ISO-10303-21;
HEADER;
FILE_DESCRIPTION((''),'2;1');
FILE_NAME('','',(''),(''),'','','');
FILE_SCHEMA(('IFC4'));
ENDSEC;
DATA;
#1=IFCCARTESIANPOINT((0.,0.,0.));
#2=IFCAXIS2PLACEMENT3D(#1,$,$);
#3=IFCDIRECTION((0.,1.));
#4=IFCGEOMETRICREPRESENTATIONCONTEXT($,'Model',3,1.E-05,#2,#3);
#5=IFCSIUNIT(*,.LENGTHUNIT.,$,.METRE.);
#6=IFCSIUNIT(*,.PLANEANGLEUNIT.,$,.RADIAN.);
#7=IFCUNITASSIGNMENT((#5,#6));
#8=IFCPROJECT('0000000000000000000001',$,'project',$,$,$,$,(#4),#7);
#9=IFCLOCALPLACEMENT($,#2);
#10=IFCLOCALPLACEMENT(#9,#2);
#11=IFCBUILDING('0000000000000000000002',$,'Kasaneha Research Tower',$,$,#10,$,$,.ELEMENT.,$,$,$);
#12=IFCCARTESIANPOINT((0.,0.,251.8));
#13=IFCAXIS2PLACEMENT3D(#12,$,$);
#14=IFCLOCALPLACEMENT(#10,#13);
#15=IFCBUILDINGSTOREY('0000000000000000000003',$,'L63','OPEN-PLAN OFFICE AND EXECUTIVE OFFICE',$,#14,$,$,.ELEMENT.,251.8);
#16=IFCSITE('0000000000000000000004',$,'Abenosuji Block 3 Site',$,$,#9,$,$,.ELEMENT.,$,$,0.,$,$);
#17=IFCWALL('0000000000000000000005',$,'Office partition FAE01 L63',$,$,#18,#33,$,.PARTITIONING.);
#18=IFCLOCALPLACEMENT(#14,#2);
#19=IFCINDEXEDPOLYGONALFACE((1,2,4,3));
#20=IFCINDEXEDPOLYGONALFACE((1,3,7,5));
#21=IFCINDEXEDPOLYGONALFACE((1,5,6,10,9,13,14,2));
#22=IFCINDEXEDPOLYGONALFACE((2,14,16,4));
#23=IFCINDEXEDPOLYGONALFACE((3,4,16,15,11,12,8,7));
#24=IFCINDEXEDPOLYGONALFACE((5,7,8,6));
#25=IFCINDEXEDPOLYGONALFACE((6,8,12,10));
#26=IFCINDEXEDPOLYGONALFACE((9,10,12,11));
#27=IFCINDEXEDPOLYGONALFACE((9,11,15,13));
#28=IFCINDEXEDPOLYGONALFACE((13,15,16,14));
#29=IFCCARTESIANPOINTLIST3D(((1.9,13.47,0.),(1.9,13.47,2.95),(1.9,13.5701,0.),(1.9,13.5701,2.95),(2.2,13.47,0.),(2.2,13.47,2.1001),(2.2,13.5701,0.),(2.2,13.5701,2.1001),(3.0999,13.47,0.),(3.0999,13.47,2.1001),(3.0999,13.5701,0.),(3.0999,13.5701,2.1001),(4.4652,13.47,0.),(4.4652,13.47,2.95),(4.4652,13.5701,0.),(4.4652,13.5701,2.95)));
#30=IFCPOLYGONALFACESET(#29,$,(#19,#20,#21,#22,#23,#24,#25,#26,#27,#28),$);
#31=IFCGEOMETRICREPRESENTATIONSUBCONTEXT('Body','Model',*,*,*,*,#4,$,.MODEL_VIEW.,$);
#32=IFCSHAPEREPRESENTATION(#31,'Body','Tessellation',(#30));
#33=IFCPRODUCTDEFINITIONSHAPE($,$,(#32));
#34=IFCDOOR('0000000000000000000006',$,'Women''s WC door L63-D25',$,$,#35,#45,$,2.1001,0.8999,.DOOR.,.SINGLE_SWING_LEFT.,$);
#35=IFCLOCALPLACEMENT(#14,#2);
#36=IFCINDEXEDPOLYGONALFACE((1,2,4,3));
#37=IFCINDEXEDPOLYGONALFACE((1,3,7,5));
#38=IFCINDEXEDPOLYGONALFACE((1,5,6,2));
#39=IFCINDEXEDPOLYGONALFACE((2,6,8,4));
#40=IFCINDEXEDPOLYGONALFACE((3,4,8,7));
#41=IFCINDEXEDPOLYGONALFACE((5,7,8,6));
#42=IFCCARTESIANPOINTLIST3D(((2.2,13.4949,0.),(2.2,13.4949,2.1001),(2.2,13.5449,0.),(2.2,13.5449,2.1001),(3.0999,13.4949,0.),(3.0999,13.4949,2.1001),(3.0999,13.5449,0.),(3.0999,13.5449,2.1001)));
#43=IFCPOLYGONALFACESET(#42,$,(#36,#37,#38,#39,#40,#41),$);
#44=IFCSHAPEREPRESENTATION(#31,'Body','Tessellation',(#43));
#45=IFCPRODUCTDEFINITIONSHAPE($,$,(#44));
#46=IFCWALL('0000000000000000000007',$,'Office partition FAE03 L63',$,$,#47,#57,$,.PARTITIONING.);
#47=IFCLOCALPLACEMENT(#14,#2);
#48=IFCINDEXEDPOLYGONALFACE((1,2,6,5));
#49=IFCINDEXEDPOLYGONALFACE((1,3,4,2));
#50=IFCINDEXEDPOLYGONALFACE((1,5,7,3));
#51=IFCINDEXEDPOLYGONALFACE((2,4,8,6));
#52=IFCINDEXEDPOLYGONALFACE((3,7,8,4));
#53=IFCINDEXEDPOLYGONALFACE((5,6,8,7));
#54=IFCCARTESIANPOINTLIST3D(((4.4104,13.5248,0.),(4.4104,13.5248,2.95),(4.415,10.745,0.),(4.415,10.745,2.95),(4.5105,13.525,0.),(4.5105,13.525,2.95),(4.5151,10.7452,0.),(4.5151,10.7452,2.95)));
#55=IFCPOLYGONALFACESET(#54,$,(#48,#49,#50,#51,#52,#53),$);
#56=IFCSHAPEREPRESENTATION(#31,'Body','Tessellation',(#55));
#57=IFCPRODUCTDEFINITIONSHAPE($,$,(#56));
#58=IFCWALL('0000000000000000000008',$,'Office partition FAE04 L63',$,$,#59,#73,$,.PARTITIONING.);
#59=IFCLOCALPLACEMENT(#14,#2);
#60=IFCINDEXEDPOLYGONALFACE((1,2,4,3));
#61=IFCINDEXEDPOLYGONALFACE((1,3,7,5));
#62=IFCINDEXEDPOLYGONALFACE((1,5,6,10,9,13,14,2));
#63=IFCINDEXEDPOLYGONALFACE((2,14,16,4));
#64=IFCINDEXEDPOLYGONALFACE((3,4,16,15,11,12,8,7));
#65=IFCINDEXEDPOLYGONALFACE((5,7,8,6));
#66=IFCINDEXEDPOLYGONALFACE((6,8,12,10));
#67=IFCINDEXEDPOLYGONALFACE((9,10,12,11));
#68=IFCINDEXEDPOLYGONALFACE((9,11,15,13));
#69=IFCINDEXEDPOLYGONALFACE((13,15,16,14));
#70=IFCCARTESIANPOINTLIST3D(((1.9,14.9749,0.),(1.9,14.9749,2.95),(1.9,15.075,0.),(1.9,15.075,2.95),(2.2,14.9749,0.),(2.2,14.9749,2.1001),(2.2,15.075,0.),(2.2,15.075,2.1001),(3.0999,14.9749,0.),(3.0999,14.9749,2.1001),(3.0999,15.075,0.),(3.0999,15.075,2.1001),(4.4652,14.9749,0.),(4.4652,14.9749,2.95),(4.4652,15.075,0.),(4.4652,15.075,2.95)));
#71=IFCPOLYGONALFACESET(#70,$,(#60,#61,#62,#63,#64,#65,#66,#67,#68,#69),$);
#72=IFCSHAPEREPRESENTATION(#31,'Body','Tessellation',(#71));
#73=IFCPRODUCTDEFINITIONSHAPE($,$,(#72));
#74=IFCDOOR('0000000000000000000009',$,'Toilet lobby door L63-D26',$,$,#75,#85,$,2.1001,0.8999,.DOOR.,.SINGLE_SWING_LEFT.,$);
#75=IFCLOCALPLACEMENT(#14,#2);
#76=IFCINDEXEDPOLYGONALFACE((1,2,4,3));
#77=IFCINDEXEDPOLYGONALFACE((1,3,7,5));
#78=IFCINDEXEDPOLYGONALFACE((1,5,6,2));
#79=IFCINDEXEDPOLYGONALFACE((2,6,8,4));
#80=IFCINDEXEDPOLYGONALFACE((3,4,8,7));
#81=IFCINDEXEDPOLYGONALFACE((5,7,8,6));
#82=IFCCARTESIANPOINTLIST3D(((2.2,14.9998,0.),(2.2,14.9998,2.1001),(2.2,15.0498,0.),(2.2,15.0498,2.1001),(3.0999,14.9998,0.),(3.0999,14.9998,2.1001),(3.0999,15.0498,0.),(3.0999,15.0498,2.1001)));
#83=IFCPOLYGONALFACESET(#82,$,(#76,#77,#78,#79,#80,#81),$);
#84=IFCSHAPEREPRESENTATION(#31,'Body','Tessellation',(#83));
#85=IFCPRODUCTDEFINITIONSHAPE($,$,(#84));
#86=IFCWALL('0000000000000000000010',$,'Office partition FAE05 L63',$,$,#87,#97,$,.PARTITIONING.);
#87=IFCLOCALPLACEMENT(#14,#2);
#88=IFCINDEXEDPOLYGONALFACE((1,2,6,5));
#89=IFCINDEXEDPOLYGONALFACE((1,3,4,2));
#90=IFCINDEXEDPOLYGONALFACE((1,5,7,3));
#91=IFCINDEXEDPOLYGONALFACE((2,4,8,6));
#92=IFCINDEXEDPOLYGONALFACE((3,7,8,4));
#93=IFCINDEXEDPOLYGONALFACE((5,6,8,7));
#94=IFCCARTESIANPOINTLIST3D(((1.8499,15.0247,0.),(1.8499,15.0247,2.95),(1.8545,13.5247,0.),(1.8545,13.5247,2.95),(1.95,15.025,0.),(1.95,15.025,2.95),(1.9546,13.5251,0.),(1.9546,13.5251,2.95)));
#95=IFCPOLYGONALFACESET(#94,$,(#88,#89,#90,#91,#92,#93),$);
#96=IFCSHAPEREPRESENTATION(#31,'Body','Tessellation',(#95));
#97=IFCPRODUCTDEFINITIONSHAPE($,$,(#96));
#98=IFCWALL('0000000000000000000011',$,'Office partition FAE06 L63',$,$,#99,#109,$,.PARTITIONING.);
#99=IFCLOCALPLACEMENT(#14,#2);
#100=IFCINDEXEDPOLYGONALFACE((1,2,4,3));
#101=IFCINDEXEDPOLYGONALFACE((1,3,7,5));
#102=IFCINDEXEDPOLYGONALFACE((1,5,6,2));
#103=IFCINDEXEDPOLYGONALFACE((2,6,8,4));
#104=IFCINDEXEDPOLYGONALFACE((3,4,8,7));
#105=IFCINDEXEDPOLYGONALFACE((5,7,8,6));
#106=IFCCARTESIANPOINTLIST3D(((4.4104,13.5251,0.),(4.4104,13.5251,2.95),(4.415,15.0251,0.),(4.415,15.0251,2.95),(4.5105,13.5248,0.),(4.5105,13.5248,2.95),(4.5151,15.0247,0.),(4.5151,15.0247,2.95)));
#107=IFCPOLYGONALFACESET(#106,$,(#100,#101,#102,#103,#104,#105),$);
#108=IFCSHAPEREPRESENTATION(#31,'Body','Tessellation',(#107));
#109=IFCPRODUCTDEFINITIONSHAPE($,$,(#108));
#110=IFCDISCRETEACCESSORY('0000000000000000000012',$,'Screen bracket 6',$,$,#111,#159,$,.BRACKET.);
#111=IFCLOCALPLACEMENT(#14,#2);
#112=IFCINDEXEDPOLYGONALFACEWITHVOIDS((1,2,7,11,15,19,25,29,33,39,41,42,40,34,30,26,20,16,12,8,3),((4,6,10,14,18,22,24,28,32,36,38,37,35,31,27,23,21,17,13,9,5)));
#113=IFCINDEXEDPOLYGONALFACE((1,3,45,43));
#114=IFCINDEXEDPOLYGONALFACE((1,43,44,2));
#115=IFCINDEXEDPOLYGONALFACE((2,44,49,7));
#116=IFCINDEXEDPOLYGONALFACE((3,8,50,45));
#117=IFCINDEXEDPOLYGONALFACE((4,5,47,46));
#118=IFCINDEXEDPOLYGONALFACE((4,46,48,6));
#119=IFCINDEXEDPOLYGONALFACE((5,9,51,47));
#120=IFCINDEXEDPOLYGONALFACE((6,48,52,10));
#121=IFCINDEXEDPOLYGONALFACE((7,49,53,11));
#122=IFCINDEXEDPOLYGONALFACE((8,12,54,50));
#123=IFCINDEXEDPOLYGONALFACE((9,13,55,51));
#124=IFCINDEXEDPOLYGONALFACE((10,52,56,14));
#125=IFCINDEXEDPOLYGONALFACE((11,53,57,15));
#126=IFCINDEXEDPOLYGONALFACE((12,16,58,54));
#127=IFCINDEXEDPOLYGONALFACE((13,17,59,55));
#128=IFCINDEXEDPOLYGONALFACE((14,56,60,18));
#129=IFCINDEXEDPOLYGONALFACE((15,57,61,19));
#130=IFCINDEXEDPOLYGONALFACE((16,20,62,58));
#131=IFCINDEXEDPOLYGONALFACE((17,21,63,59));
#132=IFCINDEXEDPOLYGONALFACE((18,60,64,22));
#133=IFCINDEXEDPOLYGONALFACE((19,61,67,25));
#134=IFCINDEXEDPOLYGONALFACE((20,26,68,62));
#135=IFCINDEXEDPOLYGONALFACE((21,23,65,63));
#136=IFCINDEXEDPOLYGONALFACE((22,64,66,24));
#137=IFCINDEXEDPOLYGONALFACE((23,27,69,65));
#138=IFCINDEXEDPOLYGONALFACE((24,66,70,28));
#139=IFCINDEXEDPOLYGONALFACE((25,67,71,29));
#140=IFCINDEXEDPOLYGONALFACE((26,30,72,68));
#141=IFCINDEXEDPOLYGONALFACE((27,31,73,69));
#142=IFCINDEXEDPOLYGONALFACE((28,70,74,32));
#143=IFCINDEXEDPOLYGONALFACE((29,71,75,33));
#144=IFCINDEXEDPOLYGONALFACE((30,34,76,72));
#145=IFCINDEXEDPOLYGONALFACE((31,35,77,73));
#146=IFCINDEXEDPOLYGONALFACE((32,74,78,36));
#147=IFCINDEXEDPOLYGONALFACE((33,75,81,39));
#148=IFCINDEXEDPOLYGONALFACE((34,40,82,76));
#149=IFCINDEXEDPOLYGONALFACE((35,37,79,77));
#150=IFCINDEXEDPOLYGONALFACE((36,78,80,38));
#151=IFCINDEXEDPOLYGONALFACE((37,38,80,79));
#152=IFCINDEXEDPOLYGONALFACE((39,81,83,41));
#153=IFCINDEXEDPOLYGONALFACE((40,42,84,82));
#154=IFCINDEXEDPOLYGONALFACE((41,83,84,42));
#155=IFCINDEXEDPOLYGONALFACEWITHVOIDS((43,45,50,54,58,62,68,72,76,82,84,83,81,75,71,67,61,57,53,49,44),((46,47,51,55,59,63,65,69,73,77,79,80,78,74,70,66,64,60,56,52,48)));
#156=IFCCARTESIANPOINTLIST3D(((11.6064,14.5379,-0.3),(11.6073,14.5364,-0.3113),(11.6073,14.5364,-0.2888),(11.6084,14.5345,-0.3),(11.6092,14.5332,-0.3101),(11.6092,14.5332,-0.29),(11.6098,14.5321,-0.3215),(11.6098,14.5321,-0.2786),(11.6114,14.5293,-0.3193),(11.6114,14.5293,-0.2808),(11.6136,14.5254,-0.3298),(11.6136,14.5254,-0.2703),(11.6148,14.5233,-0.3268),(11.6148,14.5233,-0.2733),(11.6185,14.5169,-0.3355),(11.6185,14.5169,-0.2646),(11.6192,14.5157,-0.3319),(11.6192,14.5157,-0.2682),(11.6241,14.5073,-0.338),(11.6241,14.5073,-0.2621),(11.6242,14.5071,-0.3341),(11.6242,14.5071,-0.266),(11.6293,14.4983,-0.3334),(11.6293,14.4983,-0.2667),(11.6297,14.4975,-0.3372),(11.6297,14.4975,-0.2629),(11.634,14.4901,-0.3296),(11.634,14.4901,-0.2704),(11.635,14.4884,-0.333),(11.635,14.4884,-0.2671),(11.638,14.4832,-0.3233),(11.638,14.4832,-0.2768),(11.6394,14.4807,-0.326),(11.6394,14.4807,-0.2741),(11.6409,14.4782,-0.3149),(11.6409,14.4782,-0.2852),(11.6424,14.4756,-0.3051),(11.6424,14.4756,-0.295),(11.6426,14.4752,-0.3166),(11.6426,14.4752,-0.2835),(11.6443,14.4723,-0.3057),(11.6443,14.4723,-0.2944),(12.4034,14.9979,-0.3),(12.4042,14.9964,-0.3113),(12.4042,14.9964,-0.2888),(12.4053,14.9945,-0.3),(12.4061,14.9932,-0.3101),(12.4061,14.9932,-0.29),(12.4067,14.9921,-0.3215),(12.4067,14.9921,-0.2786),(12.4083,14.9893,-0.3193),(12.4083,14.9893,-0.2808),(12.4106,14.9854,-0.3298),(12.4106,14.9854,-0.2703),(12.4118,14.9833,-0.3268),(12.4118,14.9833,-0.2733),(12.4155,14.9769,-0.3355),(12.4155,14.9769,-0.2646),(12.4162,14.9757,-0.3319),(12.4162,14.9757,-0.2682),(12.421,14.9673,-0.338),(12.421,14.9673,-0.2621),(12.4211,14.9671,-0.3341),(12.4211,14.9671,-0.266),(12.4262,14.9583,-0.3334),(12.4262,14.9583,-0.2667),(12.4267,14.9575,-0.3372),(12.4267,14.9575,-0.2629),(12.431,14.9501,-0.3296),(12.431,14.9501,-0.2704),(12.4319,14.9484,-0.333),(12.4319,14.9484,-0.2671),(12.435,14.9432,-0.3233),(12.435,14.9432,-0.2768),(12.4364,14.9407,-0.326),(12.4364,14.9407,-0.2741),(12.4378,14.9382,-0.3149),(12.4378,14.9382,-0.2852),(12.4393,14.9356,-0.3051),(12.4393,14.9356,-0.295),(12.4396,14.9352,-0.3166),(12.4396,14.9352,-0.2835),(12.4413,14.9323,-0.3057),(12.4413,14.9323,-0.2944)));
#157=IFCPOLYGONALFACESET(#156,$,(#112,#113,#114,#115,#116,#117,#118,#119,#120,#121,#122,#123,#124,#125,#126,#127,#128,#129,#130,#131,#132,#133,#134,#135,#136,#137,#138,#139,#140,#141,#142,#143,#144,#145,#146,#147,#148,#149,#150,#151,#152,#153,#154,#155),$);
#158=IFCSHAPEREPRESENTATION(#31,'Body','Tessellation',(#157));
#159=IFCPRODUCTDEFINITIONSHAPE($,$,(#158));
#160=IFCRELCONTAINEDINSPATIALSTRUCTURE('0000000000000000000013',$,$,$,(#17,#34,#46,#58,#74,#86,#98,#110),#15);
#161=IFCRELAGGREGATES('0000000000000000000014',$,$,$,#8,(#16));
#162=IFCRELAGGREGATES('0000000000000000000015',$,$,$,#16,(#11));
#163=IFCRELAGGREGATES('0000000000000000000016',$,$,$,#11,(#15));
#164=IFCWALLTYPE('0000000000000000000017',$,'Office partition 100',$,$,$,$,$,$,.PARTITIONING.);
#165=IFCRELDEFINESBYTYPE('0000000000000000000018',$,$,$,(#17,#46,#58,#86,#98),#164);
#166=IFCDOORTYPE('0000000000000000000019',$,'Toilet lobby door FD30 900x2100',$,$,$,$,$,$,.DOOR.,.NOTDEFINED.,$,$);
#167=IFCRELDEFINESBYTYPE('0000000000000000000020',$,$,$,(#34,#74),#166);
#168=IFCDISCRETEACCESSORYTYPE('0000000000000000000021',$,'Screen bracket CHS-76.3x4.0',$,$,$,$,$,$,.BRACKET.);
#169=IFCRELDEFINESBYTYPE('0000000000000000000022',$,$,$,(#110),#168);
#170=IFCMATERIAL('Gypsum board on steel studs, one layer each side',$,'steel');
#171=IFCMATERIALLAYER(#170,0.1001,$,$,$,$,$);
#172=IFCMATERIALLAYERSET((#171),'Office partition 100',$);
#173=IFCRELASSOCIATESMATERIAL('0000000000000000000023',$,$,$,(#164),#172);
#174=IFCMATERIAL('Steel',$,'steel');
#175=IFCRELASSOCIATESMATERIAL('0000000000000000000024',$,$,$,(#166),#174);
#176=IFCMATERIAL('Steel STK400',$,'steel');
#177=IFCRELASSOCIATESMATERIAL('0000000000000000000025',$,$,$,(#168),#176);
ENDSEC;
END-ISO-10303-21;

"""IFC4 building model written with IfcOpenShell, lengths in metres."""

from ifc_helpers import new_model, si_unit, direction, frame, frame_2d, origin, origin_2d, place, context, subcontext, project, spatial, rectangle, hollow_circle, extrude, material, layer, layer_set, material_profile, profile_set, type_object, element, fill, save


model = new_model("IFC4")

# Units and contexts
model_context = context("Model", 3, precision=1e-05, world=origin(), true_north=direction((0.0, 1.0)))
body_context = subcontext(model_context, "Body", "Model", "MODEL_VIEW")
ifc_project = project(units=[si_unit("LENGTHUNIT", "METRE"), si_unit("PLANEANGLEUNIT", "RADIAN")], contexts=[model_context])

# Site, building, storey
site_placement = place(None, origin())
site = spatial("IfcSite", under=ifc_project, at=site_placement, Name="Abenosuji Block 3 Site", CompositionType="ELEMENT", RefElevation=0.0)
building_placement = place(site_placement, origin())
building = spatial("IfcBuilding", under=site, at=building_placement, Name="Kasaneha Research Tower", CompositionType="ELEMENT")
storey_placement = place(building_placement, frame((0.0, 0.0, 251.8)))
storey = spatial("IfcBuildingStorey", under=building, at=storey_placement, Name="L63", Description="OPEN-PLAN OFFICE AND EXECUTIVE OFFICE", CompositionType="ELEMENT", Elevation=251.8)

# Wall, opening, door
ifc_material_1 = material(Name="Gypsum board on steel studs, one layer each side", Category="steel")
ifc_layer_1 = layer(ifc_material_1, 0.1001)
ifc_layer_set_1 = layer_set([ifc_layer_1], Name="Office partition 100")
wall_type = type_object("IfcWallType", Name="Office partition 100", PredefinedType="PARTITIONING", material=ifc_layer_set_1)
wall_1_placement = place(storey_placement, frame((1.8999, 13.52, 0.0), z_axis=(0.0, 0.0, 1.0), x_axis=(1.0, 0.0, 0.0)))
wall_1 = element("IfcWall", 1, at=wall_1_placement, inside=storey, type_object=wall_type, Name="Office partition FAE01 L63", PredefinedType="PARTITIONING", context=body_context, shape_type="SweptSolid", body=[
    extrude(rectangle(XDim=2.5652, YDim=0.1001, at=frame_2d((1.2827, 0.0))), origin(), (0.0, 0.0, 1.0), 2.95),
])
opening_1_placement = place(wall_1_placement, frame((0.3, 0.0, 0.0)))
opening_1 = element("IfcOpeningElement", 2, at=opening_1_placement, cuts=wall_1, PredefinedType="OPENING", context=body_context, shape_type="SweptSolid", body=[
    extrude(rectangle(XDim=0.8999, YDim=2.1001, at=frame_2d((0.45, 1.05))), frame((0.0, 0.0601, 0.0), z_axis=(0.0, -1.0, 0.0), x_axis=(1.0, 0.0, 0.0)), (0.0, 0.0, 1.0), 0.1201),
])
ifc_material_2 = material(Name="Steel", Category="steel")
door_type = type_object("IfcDoorType", Name="Toilet lobby door FD30 900x2100", OperationType="NOTDEFINED", PredefinedType="DOOR", material=ifc_material_2)
door_1_placement = place(opening_1_placement, origin())
door_1 = element("IfcDoor", 3, at=door_1_placement, inside=storey, type_object=door_type, Name="Women's WC door L63-D25", OperationType="SINGLE_SWING_LEFT", OverallHeight=2.1001, OverallWidth=0.8999, PredefinedType="DOOR", context=body_context, shape_type="SweptSolid", body=[
    extrude(rectangle(XDim=0.8999, YDim=2.1001, at=frame_2d((0.45, 1.05))), frame((0.0, 0.0249, 0.0), z_axis=(0.0, -1.0, 0.0), x_axis=(1.0, 0.0, 0.0)), (0.0, 0.0, 1.0), 0.05),
])
fill(opening_1, door_1)

# Wall
wall_2_placement = place(storey_placement, frame((4.4604, 13.5249, 0.0), z_axis=(0.0, 0.0, 1.0), x_axis=(0.001669, -0.999999, 0.0)))
element("IfcWall", 4, at=wall_2_placement, inside=storey, type_object=wall_type, Name="Office partition FAE03 L63", PredefinedType="PARTITIONING", context=body_context, shape_type="SweptSolid", body=[
    extrude(rectangle(XDim=2.7798, YDim=0.1001, at=frame_2d((1.3899, 0.0))), origin(), (0.0, 0.0, 1.0), 2.95),
])

# Wall, opening, door
wall_3_placement = place(storey_placement, frame((1.8999, 15.0249, 0.0), z_axis=(0.0, 0.0, 1.0), x_axis=(1.0, 0.0, 0.0)))
wall_3 = element("IfcWall", 5, at=wall_3_placement, inside=storey, type_object=wall_type, Name="Office partition FAE04 L63", PredefinedType="PARTITIONING", context=body_context, shape_type="SweptSolid", body=[
    extrude(rectangle(XDim=2.5652, YDim=0.1001, at=frame_2d((1.2827, 0.0))), origin(), (0.0, 0.0, 1.0), 2.95),
])
opening_2_placement = place(wall_3_placement, frame((0.3, 0.0, 0.0)))
opening_2 = element("IfcOpeningElement", 6, at=opening_2_placement, cuts=wall_3, PredefinedType="OPENING", context=body_context, shape_type="SweptSolid", body=[
    extrude(rectangle(XDim=0.8999, YDim=2.1001, at=frame_2d((0.45, 1.05))), frame((0.0, 0.0601, 0.0), z_axis=(0.0, -1.0, 0.0), x_axis=(1.0, 0.0, 0.0)), (0.0, 0.0, 1.0), 0.1201),
])
door_2_placement = place(opening_2_placement, origin())
door_2 = element("IfcDoor", 7, at=door_2_placement, inside=storey, type_object=door_type, Name="Toilet lobby door L63-D26", OperationType="SINGLE_SWING_LEFT", OverallHeight=2.1001, OverallWidth=0.8999, PredefinedType="DOOR", context=body_context, shape_type="SweptSolid", body=[
    extrude(rectangle(XDim=0.8999, YDim=2.1001, at=frame_2d((0.45, 1.05))), frame((0.0, 0.0249, 0.0), z_axis=(0.0, -1.0, 0.0), x_axis=(1.0, 0.0, 0.0)), (0.0, 0.0, 1.0), 0.05),
])
fill(opening_2, door_2)

# Walls
for number, where, z_axis, x_axis, name in (
    (8, (1.9045, 13.5249, 0.0), (0.0, 0.0, 1.0), (-0.003092, 0.999995, 0.0), "Office partition FAE05 L63"),
    (9, (4.4651, 15.0249, 0.0), (0.0, 0.0, 1.0), (-0.003092, -0.999995, 0.0), "Office partition FAE06 L63"),
):
    element("IfcWall", number, at=place(storey_placement, frame(where, z_axis=z_axis, x_axis=x_axis)), inside=storey, type_object=wall_type, Name=name, PredefinedType="PARTITIONING", context=body_context, shape_type="SweptSolid", body=[
        extrude(rectangle(XDim=1.5, YDim=0.1001, at=frame_2d((0.75, 0.0))), origin(), (0.0, 0.0, 1.0), 2.95),
    ])

# Discrete accessory
ifc_material_3 = material(Name="Steel STK400", Category="steel")
ifc_material_profile_1 = material_profile(ifc_material_3, hollow_circle(Radius=0.0381, WallThickness=0.0039, at=origin_2d()), Name="CHS-76.3x4.0")
ifc_profile_set_1 = profile_set([ifc_material_profile_1], Name="Steel STK400")
discrete_accessory_type = type_object("IfcDiscreteAccessoryType", Name="Screen bracket CHS-76.3x4.0", PredefinedType="BRACKET", material=ifc_profile_set_1)
for number, where, z_axis, x_axis, name in (
    (10, (11.6255, 14.5049, -0.3), (0.86608, 0.499906, 0.0), (-0.499906, 0.86608, 0.0), "Screen bracket 6"),
):
    element("IfcDiscreteAccessory", number, at=place(storey_placement, frame(where, z_axis=z_axis, x_axis=x_axis)), inside=storey, type_object=discrete_accessory_type, Name=name, PredefinedType="BRACKET", context=body_context, shape_type="SweptSolid", body=[
        extrude(hollow_circle(Radius=0.0381, WallThickness=0.0039, at=origin_2d()), origin(), (0.0, 0.0, 1.0), 0.9202),
    ])

save(model, "model.ifc")
